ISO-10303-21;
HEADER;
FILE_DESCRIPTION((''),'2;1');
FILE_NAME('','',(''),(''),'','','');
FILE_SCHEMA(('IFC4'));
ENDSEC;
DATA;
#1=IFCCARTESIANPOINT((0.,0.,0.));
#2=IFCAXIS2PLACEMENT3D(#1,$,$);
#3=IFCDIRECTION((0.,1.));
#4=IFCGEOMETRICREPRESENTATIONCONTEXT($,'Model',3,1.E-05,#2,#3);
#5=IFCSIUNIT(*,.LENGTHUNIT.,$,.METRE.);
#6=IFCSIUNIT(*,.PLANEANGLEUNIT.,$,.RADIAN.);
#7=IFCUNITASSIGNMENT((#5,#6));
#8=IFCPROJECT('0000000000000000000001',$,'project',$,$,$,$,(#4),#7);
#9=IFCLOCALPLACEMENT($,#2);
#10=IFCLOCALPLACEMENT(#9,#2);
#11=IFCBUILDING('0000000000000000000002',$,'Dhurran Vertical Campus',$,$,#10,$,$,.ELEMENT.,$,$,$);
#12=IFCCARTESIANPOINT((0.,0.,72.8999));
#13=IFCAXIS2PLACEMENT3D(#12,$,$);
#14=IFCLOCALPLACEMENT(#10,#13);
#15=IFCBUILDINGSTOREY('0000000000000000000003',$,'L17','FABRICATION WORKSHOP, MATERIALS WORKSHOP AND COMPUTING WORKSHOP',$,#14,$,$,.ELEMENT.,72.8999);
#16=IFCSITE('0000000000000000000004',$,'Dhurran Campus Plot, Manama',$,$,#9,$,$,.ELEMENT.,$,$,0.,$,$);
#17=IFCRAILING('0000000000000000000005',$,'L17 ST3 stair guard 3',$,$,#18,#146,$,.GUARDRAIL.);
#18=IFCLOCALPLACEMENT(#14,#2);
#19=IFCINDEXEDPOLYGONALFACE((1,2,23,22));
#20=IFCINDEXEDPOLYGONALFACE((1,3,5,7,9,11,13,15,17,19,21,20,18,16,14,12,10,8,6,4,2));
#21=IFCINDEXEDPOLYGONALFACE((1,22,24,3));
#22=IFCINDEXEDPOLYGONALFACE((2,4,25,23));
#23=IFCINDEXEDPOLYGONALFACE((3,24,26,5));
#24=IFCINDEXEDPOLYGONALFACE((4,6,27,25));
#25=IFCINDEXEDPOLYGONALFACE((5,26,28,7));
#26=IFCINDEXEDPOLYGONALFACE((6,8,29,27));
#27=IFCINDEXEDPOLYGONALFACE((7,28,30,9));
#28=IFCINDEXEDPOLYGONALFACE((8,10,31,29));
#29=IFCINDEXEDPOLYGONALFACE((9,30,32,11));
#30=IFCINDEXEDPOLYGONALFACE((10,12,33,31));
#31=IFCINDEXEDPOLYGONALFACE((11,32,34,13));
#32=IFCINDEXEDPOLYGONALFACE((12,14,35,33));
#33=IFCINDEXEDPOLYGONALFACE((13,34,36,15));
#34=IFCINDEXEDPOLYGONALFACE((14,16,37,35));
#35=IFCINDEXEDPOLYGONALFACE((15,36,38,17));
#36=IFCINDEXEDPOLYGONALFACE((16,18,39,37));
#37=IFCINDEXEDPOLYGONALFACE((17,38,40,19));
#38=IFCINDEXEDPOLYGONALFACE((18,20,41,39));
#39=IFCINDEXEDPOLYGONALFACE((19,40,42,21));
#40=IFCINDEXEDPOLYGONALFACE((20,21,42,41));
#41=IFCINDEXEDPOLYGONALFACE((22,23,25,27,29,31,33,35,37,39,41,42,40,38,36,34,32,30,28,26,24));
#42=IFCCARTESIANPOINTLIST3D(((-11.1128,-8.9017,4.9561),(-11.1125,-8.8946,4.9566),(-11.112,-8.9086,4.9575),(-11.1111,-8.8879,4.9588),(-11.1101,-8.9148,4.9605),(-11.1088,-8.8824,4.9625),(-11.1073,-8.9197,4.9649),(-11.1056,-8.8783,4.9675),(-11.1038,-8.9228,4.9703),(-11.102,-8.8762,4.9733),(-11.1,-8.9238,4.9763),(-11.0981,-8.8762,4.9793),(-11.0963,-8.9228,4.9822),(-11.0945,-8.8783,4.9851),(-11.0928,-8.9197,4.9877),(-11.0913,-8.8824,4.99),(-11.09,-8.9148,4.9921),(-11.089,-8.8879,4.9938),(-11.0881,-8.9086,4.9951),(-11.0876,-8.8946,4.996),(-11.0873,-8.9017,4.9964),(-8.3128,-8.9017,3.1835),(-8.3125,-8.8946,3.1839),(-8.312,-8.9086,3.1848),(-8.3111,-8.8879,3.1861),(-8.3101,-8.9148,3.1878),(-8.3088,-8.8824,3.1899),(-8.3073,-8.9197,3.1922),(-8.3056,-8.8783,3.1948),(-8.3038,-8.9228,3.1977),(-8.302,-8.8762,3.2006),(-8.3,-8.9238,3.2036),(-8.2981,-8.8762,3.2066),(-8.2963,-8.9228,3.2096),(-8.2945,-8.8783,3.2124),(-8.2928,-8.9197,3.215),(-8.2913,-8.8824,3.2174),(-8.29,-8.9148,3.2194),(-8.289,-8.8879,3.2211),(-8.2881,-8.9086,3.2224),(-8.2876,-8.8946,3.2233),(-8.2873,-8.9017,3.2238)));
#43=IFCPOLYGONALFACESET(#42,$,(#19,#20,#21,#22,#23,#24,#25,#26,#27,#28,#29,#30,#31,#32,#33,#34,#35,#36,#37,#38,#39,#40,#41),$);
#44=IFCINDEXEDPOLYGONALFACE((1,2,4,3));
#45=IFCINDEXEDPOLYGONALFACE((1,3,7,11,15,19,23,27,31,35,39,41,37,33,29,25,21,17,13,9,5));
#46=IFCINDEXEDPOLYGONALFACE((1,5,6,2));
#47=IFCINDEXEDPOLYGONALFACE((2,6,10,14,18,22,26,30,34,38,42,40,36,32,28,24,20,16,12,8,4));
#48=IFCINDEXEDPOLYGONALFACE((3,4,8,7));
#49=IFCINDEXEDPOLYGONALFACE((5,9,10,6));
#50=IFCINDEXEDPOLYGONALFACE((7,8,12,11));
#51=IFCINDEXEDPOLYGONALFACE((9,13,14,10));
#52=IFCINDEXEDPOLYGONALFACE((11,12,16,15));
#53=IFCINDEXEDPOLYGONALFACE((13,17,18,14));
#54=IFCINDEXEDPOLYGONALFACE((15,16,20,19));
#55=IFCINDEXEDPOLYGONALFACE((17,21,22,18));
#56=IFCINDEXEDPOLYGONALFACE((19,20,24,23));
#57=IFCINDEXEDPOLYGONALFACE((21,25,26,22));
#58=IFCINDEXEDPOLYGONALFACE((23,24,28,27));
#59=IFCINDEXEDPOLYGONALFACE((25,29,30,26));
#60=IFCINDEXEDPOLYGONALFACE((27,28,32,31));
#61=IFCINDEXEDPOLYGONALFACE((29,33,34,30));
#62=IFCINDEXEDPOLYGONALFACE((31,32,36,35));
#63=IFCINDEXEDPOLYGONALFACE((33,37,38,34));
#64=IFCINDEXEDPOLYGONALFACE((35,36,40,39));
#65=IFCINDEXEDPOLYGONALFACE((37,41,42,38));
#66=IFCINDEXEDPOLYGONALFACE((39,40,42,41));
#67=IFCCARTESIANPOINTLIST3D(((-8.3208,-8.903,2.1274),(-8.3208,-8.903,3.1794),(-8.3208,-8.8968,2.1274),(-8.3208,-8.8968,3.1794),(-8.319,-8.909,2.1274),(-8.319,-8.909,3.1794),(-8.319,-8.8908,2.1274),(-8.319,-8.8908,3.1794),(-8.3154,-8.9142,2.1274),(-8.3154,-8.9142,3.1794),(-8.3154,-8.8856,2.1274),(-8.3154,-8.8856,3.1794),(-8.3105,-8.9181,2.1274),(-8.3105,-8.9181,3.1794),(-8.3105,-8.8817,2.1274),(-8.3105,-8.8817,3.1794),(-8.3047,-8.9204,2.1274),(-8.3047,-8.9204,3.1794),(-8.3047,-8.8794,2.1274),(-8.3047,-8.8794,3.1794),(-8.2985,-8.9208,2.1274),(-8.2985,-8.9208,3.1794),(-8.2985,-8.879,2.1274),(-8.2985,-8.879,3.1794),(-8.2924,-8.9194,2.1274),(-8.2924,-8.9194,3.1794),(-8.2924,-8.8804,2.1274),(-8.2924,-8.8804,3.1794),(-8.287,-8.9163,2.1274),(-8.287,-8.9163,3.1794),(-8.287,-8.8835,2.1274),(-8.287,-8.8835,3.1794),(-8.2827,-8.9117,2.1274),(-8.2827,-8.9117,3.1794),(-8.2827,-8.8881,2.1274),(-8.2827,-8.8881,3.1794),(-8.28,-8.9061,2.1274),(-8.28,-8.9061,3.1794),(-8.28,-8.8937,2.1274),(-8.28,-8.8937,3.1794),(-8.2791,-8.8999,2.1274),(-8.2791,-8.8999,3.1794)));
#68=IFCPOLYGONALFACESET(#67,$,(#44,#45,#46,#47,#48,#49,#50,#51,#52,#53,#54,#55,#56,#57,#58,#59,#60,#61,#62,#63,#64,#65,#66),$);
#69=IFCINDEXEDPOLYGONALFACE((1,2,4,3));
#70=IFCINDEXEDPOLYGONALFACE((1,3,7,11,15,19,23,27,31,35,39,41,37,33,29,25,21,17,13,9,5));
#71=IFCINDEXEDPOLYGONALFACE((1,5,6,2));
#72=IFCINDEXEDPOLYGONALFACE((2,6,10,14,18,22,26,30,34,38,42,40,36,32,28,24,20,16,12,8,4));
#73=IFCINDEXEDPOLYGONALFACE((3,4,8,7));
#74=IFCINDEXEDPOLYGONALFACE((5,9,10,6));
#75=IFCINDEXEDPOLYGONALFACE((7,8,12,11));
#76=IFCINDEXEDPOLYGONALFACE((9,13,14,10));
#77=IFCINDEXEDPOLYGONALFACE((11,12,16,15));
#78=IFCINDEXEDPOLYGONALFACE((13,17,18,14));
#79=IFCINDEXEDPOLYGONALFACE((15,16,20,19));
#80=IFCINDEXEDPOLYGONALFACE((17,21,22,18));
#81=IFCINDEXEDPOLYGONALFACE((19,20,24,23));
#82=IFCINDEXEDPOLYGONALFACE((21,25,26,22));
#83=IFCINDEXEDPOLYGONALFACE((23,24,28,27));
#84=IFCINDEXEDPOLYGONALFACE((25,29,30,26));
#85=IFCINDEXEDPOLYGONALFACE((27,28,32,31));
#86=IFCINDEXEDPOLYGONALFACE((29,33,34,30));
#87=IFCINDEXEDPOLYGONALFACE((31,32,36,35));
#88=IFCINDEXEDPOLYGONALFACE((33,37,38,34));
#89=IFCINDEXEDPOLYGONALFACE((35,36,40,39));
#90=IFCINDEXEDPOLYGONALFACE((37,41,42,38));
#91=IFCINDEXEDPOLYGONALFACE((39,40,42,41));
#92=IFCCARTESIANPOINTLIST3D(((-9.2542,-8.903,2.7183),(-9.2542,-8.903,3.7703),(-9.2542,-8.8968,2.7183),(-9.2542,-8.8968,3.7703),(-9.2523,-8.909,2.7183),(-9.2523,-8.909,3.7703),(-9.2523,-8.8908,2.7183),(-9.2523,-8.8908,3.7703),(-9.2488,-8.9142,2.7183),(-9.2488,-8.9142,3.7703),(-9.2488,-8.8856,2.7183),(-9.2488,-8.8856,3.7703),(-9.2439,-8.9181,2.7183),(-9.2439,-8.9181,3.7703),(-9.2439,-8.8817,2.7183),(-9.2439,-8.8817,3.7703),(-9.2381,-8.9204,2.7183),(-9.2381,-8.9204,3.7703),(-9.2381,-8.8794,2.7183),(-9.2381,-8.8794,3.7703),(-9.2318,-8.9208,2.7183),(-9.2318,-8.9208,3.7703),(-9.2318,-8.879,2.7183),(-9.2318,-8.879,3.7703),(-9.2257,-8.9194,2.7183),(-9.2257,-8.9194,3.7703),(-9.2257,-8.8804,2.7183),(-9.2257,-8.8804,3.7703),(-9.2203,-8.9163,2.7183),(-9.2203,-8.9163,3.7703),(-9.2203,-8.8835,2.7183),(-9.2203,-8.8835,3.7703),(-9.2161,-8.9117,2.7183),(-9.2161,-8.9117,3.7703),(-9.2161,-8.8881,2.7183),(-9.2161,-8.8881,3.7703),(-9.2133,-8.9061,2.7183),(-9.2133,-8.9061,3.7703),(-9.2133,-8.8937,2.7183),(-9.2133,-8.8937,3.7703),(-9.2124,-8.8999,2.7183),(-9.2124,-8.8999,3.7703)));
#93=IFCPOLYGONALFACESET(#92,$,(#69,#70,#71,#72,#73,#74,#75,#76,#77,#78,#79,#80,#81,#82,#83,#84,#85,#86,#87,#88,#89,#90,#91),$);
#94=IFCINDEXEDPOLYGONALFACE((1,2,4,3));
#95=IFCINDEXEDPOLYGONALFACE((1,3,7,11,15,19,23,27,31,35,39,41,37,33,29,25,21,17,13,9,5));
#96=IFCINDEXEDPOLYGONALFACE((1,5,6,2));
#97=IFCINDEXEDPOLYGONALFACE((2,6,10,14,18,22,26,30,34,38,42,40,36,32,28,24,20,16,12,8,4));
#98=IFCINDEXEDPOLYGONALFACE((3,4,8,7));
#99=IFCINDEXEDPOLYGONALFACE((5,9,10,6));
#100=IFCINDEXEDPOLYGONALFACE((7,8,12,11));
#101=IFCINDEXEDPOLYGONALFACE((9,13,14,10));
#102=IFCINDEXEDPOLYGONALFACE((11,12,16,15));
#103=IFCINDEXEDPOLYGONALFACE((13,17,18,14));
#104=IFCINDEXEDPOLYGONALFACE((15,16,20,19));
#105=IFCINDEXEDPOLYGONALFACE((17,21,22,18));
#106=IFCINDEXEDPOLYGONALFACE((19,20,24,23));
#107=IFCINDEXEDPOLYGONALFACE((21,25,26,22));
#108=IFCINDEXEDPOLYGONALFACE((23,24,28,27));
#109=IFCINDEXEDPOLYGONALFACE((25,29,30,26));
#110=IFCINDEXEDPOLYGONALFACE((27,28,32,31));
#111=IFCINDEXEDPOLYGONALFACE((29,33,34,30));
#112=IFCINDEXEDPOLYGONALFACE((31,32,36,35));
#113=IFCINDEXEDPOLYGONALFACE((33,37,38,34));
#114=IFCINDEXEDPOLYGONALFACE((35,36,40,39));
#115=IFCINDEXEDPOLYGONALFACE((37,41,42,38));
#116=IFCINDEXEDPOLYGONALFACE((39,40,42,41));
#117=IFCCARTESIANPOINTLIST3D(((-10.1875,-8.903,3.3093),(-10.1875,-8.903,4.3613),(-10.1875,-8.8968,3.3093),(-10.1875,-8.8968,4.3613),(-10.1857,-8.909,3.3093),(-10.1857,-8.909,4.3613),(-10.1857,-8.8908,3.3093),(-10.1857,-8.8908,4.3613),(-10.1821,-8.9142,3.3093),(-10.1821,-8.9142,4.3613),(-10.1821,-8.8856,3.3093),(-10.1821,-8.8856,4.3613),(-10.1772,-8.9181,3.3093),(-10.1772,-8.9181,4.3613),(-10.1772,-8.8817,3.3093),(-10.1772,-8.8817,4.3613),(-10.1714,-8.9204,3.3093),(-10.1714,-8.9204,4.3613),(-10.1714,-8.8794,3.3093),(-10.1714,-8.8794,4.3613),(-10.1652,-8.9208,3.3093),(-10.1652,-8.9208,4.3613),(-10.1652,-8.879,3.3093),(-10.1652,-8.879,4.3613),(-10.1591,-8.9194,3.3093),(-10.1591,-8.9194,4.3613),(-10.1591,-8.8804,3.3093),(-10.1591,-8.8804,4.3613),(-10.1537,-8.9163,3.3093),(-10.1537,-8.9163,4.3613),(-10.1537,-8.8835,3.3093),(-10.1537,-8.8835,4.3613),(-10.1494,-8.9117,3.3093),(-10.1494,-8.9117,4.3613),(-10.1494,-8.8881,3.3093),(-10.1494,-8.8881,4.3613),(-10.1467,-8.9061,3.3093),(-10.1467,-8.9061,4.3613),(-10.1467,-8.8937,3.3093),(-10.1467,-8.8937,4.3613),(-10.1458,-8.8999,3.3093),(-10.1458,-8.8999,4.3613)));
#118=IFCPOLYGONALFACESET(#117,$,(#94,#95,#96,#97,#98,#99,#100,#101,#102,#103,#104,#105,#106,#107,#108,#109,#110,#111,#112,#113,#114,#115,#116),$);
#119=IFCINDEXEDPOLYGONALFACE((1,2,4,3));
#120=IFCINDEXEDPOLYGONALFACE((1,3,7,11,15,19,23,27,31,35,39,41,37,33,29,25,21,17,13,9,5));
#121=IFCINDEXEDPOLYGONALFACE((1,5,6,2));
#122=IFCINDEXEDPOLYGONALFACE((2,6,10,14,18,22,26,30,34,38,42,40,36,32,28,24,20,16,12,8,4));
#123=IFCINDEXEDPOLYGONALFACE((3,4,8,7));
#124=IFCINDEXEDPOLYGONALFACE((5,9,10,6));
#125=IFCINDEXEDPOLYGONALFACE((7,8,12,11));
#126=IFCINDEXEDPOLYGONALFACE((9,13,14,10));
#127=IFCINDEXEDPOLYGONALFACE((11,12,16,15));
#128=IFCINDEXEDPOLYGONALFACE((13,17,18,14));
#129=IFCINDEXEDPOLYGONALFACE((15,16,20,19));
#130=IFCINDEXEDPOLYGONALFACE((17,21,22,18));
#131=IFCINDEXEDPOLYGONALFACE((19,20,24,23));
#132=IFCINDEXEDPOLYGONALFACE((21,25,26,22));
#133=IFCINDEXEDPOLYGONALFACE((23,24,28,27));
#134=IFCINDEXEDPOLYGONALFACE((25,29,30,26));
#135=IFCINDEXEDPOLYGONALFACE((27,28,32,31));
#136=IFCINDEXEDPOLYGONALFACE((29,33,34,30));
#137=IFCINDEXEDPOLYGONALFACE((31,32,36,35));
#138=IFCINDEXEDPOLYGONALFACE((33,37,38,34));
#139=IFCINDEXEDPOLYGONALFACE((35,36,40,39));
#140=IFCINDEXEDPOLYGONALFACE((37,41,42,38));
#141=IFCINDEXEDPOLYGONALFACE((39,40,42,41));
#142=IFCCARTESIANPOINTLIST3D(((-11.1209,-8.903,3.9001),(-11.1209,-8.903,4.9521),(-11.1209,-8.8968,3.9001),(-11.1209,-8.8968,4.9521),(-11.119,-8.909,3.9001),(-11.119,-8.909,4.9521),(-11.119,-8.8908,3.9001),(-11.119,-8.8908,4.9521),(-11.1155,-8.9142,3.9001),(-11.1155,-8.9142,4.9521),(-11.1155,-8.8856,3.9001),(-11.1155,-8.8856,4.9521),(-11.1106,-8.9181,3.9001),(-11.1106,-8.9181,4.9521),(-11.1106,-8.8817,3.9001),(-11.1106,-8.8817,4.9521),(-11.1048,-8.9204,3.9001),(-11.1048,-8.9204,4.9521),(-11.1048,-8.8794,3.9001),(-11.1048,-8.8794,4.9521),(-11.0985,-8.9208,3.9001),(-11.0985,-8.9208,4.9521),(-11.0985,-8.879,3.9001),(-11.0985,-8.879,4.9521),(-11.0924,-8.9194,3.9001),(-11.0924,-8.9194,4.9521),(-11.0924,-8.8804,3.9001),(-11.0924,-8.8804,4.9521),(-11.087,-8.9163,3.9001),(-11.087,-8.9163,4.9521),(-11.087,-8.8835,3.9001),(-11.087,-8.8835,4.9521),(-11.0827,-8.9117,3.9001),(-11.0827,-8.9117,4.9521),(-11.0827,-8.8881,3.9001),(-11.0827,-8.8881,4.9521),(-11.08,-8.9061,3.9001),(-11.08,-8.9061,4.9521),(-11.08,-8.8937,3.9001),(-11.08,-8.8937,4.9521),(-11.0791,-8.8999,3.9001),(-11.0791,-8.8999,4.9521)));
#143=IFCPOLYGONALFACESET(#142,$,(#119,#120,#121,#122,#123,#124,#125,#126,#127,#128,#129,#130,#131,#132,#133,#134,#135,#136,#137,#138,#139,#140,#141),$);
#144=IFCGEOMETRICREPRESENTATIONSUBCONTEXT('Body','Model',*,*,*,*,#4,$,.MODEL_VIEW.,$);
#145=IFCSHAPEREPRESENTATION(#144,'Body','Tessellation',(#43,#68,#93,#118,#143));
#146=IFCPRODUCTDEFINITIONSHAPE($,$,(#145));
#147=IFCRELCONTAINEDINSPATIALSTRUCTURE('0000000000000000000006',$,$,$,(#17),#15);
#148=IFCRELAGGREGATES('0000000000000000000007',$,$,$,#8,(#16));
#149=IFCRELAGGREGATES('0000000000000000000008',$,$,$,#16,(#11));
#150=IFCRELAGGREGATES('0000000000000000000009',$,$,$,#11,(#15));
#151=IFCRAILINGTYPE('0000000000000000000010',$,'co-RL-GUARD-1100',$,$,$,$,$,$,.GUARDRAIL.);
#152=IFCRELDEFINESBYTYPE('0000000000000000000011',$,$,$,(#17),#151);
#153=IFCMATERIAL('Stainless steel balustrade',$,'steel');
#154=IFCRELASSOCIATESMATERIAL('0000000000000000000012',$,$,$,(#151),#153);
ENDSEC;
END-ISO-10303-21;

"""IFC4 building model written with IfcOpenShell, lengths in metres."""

from ifc_helpers import new_model, si_unit, direction, frame, origin, origin_2d, place, context, subcontext, project, spatial, circle, extrude, material, type_object, element, save


model = new_model("IFC4")

# Units and contexts
model_context = context("Model", 3, precision=1e-05, world=origin(), true_north=direction((0.0, 1.0)))
body_context = subcontext(model_context, "Body", "Model", "MODEL_VIEW")
ifc_project = project(units=[si_unit("LENGTHUNIT", "METRE"), si_unit("PLANEANGLEUNIT", "RADIAN")], contexts=[model_context])

# Site, building, storey
site_placement = place(None, origin())
site = spatial("IfcSite", under=ifc_project, at=site_placement, Name="Dhurran Campus Plot, Manama", CompositionType="ELEMENT", RefElevation=0.0)
building_placement = place(site_placement, origin())
building = spatial("IfcBuilding", under=site, at=building_placement, Name="Dhurran Vertical Campus", CompositionType="ELEMENT")
storey_placement = place(building_placement, frame((0.0, 0.0, 72.8999)))
storey = spatial("IfcBuildingStorey", under=building, at=storey_placement, Name="L17", Description="FABRICATION WORKSHOP, MATERIALS WORKSHOP AND COMPUTING WORKSHOP", CompositionType="ELEMENT", Elevation=72.8999)

# Railing
ifc_material_1 = material(Name="Stainless steel balustrade", Category="steel")
railing_type_1 = type_object("IfcRailingType", Name="co-RL-GUARD-1100", PredefinedType="GUARDRAIL", material=ifc_material_1)
railing_1_placement = place(storey_placement, frame((-8.3, -8.8999, 2.1274)))
element("IfcRailing", 1, at=railing_1_placement, inside=storey, type_object=railing_type_1, Name="L17 ST3 stair guard 3", PredefinedType="GUARDRAIL", context=body_context, shape_type="SweptSolid", body=[
    extrude(circle(Radius=0.0239, at=origin_2d()), frame((0.0, 0.0, 1.0762), z_axis=(-0.844909, 0.0, 0.53491), x_axis=(0.0, -1.0, 0.0)), (0.0, 0.0, 1.0), 3.314),
    extrude(circle(Radius=0.021, at=origin_2d()), origin(), (0.0, 0.0, 1.0), 1.052),
    extrude(circle(Radius=0.021, at=origin_2d()), frame((-0.9333, 0.0, 0.5908)), (0.0, 0.0, 1.0), 1.052),
    extrude(circle(Radius=0.021, at=origin_2d()), frame((-1.8667, 0.0, 1.1819)), (0.0, 0.0, 1.0), 1.052),
    extrude(circle(Radius=0.021, at=origin_2d()), frame((-2.8, 0.0, 1.7727)), (0.0, 0.0, 1.0), 1.052),
])

save(model, "model.ifc")
